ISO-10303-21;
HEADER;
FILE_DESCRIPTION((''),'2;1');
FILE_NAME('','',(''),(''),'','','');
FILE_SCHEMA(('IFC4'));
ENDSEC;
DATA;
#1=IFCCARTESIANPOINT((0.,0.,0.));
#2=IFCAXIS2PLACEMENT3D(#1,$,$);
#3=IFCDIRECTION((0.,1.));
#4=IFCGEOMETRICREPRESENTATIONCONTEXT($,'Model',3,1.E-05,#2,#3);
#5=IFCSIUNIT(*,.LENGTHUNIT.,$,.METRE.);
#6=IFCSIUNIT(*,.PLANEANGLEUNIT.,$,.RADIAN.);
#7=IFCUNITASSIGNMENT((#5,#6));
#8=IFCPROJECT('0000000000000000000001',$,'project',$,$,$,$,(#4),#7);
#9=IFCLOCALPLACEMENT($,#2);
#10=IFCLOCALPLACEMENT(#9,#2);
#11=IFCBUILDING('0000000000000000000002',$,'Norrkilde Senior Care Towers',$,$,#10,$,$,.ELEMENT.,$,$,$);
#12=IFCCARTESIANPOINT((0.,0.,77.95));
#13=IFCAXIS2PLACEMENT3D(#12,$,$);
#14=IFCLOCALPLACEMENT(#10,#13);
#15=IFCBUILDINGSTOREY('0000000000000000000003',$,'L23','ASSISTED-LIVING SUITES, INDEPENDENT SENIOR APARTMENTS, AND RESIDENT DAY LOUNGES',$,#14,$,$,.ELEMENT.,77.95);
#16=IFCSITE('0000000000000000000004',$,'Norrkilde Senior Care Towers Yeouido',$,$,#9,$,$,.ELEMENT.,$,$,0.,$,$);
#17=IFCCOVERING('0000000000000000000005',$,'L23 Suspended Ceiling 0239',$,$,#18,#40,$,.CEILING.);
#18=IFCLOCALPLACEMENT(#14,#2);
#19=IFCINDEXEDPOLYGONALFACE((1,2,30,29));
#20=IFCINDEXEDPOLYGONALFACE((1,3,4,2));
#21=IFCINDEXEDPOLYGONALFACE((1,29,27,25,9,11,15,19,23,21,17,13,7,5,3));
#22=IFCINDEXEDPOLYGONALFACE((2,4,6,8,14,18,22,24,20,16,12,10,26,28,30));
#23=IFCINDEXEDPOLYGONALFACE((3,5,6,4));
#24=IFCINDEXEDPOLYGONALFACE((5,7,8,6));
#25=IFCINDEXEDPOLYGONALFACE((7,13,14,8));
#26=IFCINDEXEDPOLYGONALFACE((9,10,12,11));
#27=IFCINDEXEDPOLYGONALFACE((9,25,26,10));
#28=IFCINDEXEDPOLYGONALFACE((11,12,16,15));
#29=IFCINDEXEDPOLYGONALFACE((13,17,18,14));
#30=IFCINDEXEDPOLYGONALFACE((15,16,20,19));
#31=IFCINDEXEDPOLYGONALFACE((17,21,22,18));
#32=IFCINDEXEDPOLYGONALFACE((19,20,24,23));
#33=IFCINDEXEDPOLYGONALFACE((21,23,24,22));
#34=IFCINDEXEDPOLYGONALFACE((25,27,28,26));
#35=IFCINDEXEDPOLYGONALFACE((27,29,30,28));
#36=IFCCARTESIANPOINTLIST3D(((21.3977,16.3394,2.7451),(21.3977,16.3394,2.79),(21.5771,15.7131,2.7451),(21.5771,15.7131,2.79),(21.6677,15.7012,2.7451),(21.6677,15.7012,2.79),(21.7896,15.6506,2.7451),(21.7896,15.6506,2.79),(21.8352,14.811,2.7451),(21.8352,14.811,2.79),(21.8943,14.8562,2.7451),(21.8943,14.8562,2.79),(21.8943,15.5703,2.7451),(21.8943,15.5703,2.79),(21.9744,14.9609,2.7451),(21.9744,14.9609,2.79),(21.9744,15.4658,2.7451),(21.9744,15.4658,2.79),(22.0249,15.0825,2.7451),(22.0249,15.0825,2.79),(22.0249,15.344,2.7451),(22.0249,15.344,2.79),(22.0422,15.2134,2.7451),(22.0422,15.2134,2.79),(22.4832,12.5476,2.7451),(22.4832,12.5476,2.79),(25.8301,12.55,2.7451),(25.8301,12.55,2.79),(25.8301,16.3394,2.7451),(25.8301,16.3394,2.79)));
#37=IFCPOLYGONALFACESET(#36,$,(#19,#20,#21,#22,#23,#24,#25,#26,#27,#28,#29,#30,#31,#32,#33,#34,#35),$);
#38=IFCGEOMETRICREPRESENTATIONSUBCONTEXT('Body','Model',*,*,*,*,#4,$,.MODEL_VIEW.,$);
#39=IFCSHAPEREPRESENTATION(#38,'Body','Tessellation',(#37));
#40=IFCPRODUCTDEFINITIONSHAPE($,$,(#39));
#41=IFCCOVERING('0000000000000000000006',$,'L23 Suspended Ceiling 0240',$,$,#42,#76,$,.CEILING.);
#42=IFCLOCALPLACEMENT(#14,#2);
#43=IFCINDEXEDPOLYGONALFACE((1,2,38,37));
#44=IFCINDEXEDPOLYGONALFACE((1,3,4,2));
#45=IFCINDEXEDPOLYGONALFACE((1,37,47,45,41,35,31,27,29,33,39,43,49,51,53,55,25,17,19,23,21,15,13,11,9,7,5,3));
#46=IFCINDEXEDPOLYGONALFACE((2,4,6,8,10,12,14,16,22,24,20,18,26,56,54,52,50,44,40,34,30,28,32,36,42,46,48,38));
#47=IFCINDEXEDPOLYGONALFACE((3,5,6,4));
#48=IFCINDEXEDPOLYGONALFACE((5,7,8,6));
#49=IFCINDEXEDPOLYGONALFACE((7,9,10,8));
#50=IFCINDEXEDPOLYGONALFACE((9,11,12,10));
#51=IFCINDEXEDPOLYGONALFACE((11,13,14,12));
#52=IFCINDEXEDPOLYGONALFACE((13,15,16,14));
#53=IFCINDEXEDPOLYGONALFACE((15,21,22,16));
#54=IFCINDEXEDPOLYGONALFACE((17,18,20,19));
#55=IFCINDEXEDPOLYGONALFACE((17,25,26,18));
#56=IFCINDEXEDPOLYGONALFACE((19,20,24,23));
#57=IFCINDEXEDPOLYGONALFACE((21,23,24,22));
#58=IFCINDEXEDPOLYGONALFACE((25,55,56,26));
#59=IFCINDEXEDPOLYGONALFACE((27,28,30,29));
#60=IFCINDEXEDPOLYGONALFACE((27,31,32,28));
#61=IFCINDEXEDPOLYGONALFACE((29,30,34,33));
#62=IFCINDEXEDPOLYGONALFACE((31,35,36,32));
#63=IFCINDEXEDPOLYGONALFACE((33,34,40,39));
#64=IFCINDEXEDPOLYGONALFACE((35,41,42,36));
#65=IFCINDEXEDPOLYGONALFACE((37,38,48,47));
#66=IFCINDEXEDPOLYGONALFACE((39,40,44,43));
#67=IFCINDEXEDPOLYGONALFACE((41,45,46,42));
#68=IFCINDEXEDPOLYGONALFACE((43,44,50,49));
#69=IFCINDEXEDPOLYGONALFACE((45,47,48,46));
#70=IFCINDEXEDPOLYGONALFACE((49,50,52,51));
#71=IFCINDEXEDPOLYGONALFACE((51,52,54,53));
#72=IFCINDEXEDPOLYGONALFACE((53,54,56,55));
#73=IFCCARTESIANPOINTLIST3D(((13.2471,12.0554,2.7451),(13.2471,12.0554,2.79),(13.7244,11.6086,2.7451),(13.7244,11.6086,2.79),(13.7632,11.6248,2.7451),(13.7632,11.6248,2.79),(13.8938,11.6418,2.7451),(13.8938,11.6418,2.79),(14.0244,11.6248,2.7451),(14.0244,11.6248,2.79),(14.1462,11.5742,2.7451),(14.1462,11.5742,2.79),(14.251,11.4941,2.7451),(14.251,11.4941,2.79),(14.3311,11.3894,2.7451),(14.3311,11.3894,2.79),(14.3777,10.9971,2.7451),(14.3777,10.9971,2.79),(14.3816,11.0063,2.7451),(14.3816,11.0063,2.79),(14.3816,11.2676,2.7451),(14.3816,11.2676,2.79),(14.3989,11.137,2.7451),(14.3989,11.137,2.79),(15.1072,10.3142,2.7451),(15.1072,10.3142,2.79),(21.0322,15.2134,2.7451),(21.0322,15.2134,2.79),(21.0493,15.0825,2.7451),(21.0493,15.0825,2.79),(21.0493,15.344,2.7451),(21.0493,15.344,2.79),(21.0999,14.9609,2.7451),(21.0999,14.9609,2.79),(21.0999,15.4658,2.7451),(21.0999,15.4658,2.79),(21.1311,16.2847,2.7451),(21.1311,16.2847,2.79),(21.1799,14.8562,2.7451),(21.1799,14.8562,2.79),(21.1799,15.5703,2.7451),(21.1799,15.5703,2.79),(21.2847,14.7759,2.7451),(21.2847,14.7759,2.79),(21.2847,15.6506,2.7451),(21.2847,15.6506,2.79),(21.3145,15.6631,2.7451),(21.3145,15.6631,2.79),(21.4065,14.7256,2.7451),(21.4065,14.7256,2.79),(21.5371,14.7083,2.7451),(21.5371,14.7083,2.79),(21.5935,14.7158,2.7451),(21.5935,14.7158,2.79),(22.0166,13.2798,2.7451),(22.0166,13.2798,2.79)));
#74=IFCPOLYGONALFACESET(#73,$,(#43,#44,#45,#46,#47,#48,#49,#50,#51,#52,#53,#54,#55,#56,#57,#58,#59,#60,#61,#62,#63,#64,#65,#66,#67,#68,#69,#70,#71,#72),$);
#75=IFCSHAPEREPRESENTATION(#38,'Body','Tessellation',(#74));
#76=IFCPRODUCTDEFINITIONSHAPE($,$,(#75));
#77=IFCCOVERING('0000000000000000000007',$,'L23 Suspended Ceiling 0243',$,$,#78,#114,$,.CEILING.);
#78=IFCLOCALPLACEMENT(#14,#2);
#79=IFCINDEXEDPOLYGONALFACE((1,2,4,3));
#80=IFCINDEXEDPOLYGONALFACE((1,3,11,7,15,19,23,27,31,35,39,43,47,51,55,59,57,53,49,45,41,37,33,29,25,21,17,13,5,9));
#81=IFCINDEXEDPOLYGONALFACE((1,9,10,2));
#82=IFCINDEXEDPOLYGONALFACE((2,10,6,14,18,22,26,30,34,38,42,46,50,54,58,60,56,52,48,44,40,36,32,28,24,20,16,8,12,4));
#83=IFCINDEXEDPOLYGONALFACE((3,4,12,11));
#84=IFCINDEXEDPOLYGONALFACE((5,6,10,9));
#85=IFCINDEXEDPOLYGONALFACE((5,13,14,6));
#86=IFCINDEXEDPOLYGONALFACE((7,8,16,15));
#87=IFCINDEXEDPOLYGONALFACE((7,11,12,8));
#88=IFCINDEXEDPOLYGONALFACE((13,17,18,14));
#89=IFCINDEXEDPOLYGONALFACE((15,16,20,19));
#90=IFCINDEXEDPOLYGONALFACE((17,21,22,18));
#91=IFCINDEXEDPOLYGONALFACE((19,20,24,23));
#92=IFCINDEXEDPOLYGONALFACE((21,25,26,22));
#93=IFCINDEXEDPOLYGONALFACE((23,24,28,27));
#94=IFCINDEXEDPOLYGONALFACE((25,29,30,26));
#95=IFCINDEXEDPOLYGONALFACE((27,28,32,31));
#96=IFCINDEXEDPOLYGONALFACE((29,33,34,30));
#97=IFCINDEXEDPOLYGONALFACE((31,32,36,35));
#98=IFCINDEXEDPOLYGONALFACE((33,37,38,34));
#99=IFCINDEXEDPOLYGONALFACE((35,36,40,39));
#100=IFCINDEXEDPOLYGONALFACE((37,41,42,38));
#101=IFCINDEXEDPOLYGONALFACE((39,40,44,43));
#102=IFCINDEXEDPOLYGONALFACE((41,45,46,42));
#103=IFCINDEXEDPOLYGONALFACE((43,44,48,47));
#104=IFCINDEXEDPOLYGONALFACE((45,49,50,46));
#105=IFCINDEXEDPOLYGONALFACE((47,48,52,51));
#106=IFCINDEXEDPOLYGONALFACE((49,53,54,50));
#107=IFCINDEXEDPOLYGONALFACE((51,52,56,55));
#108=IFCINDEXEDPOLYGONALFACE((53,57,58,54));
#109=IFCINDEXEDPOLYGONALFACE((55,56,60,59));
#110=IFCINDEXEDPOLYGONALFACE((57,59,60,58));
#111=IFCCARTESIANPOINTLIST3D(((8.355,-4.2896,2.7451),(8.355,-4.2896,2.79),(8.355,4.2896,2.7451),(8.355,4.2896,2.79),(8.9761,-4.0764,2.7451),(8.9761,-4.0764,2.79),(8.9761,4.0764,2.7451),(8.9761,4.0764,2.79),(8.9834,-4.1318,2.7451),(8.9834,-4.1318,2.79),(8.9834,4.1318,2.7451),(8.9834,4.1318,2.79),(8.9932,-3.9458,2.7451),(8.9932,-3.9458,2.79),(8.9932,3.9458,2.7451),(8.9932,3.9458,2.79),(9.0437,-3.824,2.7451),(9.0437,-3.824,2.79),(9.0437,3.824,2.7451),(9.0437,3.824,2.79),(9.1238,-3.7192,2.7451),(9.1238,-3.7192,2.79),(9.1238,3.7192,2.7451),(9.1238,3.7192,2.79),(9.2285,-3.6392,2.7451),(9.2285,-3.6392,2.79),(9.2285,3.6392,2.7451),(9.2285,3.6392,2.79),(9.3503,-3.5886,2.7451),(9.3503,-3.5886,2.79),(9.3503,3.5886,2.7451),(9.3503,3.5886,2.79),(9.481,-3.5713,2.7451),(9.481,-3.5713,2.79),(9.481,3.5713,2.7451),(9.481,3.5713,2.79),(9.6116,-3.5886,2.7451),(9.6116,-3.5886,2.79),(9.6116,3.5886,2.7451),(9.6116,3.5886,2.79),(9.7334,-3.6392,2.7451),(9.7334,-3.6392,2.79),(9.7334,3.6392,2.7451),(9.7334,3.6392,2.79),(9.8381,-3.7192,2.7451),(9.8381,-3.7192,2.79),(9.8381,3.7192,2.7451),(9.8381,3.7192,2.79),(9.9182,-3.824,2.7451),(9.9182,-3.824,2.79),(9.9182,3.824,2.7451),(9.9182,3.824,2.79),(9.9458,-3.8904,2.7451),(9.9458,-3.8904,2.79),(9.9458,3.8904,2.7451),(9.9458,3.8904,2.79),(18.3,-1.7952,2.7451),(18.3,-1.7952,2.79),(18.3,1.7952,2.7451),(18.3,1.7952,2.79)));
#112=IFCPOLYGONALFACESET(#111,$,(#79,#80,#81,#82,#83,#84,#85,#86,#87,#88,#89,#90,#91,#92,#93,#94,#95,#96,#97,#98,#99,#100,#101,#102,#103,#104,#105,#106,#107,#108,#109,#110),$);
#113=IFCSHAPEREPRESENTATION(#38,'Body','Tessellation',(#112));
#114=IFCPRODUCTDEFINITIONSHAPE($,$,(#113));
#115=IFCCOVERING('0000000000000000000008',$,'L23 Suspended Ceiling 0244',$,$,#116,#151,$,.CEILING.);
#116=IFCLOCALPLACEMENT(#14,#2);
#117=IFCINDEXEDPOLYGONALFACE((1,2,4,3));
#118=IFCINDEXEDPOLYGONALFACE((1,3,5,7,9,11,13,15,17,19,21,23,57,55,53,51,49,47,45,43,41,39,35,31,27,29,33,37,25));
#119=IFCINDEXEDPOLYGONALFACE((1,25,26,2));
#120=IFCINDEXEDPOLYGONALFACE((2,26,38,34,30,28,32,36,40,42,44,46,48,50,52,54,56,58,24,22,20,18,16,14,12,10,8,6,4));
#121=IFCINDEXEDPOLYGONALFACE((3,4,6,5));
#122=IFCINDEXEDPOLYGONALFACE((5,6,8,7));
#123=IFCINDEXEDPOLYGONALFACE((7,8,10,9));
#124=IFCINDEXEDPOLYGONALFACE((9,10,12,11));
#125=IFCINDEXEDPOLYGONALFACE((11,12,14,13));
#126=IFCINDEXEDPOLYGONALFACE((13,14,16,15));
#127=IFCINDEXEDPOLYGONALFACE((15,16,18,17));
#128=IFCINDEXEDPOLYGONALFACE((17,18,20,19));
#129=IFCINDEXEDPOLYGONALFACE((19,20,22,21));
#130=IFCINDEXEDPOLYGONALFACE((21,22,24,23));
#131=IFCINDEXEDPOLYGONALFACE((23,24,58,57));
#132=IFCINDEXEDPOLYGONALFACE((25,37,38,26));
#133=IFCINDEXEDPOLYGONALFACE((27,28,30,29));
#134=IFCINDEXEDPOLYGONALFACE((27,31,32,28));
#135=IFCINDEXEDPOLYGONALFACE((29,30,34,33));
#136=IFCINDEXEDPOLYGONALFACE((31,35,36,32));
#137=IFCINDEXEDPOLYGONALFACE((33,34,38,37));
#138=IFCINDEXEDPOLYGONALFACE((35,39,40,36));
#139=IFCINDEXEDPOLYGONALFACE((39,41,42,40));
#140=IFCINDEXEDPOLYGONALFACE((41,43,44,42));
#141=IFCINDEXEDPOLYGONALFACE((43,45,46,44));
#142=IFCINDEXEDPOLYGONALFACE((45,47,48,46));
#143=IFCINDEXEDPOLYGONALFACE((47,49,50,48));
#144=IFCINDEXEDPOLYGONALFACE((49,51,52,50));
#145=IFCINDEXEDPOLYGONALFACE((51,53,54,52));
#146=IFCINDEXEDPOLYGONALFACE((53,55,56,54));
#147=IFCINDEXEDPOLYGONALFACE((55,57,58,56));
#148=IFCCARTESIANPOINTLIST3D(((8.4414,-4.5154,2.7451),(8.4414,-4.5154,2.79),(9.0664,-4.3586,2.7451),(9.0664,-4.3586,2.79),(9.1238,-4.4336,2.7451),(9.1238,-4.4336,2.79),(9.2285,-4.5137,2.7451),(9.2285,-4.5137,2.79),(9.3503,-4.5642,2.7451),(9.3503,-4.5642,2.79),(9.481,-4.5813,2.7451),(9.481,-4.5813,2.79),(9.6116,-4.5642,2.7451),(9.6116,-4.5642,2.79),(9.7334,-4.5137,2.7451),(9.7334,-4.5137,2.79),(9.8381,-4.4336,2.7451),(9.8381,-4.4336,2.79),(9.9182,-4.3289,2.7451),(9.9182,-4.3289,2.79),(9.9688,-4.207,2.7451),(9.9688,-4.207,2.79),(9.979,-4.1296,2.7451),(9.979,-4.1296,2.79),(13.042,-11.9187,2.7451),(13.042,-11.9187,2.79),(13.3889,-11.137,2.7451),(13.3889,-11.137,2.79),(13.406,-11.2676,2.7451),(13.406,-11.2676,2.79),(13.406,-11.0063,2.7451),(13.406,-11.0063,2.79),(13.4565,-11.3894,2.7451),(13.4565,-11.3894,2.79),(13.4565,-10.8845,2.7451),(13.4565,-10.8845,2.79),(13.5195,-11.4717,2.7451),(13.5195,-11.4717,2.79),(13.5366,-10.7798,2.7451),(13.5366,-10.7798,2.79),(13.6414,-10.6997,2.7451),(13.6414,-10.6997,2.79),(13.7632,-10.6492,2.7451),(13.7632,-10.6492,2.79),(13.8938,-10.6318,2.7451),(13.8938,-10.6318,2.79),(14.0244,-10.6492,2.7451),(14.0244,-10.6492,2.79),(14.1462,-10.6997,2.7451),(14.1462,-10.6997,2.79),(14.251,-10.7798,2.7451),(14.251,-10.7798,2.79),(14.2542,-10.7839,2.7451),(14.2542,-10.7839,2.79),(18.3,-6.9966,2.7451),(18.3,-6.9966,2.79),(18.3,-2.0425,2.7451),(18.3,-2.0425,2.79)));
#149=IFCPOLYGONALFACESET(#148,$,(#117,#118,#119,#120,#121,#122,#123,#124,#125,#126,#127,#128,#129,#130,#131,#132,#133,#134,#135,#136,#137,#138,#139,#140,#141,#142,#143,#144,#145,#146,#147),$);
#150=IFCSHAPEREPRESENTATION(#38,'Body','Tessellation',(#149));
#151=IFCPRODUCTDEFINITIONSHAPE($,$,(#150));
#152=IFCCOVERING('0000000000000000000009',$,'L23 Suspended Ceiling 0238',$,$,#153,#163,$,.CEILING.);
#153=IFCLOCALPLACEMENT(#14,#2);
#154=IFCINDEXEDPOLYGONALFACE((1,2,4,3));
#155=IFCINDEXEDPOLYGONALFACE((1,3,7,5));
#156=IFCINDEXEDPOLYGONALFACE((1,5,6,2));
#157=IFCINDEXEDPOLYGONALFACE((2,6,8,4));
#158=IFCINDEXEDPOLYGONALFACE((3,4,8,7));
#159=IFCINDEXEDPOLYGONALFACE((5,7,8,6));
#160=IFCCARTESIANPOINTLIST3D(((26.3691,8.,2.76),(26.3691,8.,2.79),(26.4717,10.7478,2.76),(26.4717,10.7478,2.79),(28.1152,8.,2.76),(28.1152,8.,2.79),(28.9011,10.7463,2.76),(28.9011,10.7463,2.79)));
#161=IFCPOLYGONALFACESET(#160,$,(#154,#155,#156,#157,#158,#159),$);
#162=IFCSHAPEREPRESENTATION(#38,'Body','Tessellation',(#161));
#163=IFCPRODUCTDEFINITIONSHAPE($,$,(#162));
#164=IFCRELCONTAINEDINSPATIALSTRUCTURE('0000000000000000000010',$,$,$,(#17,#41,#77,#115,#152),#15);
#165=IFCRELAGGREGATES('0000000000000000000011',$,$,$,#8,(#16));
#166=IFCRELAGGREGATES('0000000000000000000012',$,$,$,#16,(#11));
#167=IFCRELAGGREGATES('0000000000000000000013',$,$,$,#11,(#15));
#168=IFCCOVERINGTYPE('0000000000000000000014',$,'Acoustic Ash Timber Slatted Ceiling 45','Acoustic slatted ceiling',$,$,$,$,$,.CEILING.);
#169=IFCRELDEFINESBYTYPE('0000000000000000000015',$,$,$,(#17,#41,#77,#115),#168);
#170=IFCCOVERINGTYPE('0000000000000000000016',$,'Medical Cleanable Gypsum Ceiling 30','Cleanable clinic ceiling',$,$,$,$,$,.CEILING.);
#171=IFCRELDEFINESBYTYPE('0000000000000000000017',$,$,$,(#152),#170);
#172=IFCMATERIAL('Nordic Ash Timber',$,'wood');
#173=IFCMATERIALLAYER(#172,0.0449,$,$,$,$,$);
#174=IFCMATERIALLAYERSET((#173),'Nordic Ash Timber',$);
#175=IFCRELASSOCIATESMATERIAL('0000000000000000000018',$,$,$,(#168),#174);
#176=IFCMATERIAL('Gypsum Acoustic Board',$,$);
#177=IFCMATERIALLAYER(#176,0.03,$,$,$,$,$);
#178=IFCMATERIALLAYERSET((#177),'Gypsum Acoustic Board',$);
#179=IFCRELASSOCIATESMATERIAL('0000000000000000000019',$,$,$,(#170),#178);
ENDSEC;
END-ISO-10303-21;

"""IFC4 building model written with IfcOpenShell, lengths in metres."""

from ifc_helpers import new_model, si_unit, direction, frame, origin, place, context, subcontext, project, spatial, polyline, outline, extrude, material, layer, layer_set, type_object, element, save


model = new_model("IFC4")

# Units and contexts
model_context = context("Model", 3, precision=1e-05, world=origin(), true_north=direction((0.0, 1.0)))
body_context = subcontext(model_context, "Body", "Model", "MODEL_VIEW")
ifc_project = project(units=[si_unit("LENGTHUNIT", "METRE"), si_unit("PLANEANGLEUNIT", "RADIAN")], contexts=[model_context])

# Site, building, storey
site_placement = place(None, origin())
site = spatial("IfcSite", under=ifc_project, at=site_placement, Name="Norrkilde Senior Care Towers Yeouido", CompositionType="ELEMENT", RefElevation=0.0)
building_placement = place(site_placement, origin())
building = spatial("IfcBuilding", under=site, at=building_placement, Name="Norrkilde Senior Care Towers", CompositionType="ELEMENT")
storey_placement = place(building_placement, frame((0.0, 0.0, 77.95)))
storey = spatial("IfcBuildingStorey", under=building, at=storey_placement, Name="L23", Description="ASSISTED-LIVING SUITES, INDEPENDENT SENIOR APARTMENTS, AND RESIDENT DAY LOUNGES", CompositionType="ELEMENT", Elevation=77.95)

# Coverings
ifc_material_1 = material(Name="Nordic Ash Timber", Category="wood")
ifc_layer_1 = layer(ifc_material_1, 0.0449)
ifc_layer_set_1 = layer_set([ifc_layer_1], Name="Nordic Ash Timber")
covering_type_1 = type_object("IfcCoveringType", Name="Acoustic Ash Timber Slatted Ceiling 45", Description="Acoustic slatted ceiling", PredefinedType="CEILING", material=ifc_layer_set_1)
covering_1_placement = place(storey_placement, frame((0.0, 0.0, 2.7451)))
element("IfcCovering", 1, at=covering_1_placement, inside=storey, type_object=covering_type_1, Name="L23 Suspended Ceiling 0239", PredefinedType="CEILING", context=body_context, shape_type="SweptSolid", body=[
    extrude(outline(polyline([(21.8352, 14.811), (21.8943, 14.8562), (21.9744, 14.9609), (22.0249, 15.0825), (22.0422, 15.2134), (22.0249, 15.344), (21.9744, 15.4658), (21.8943, 15.5703), (21.7896, 15.6506), (21.6677, 15.7012), (21.5771, 15.7131), (21.3977, 16.3394), (25.8301, 16.3394), (25.8301, 12.55), (22.4832, 12.5476), (21.8352, 14.811)])), origin(), (0.0, 0.0, 1.0), 0.0449),
])
covering_2_placement = place(storey_placement, frame((0.0, 0.0, 2.7451)))
element("IfcCovering", 2, at=covering_2_placement, inside=storey, type_object=covering_type_1, Name="L23 Suspended Ceiling 0240", PredefinedType="CEILING", context=body_context, shape_type="SweptSolid", body=[
    extrude(outline(polyline([(14.3777, 10.9971), (14.3816, 11.0063), (14.3989, 11.137), (14.3816, 11.2676), (14.3311, 11.3894), (14.251, 11.4941), (14.1462, 11.5742), (14.0244, 11.6248), (13.8938, 11.6418), (13.7632, 11.6248), (13.7244, 11.6086), (13.2471, 12.0554), (21.1311, 16.2847), (21.3145, 15.6631), (21.2847, 15.6506), (21.1799, 15.5703), (21.0999, 15.4658), (21.0493, 15.344), (21.0322, 15.2134), (21.0493, 15.0825), (21.0999, 14.9609), (21.1799, 14.8562), (21.2847, 14.7759), (21.4065, 14.7256), (21.5371, 14.7083), (21.5935, 14.7158), (22.0166, 13.2798), (15.1072, 10.3142), (14.3777, 10.9971)])), origin(), (0.0, 0.0, 1.0), 0.0449),
])
covering_3_placement = place(storey_placement, frame((0.0, 0.0, 2.7451)))
element("IfcCovering", 3, at=covering_3_placement, inside=storey, type_object=covering_type_1, Name="L23 Suspended Ceiling 0243", PredefinedType="CEILING", context=body_context, shape_type="SweptSolid", body=[
    extrude(outline(polyline([(8.9761, 4.0764), (8.9932, 3.9458), (9.0437, 3.824), (9.1238, 3.7192), (9.2285, 3.6392), (9.3503, 3.5886), (9.481, 3.5713), (9.6116, 3.5886), (9.7334, 3.6392), (9.8381, 3.7192), (9.9182, 3.824), (9.9458, 3.8904), (18.3, 1.7952), (18.3, -1.7952), (9.9458, -3.8904), (9.9182, -3.824), (9.8381, -3.7192), (9.7334, -3.6392), (9.6116, -3.5886), (9.481, -3.5713), (9.3503, -3.5886), (9.2285, -3.6392), (9.1238, -3.7192), (9.0437, -3.824), (8.9932, -3.9458), (8.9761, -4.0764), (8.9834, -4.1318), (8.355, -4.2896), (8.355, 4.2896), (8.9834, 4.1318), (8.9761, 4.0764)])), origin(), (0.0, 0.0, 1.0), 0.0449),
])
covering_4_placement = place(storey_placement, frame((0.0, 0.0, 2.7451)))
element("IfcCovering", 4, at=covering_4_placement, inside=storey, type_object=covering_type_1, Name="L23 Suspended Ceiling 0244", PredefinedType="CEILING", context=body_context, shape_type="SweptSolid", body=[
    extrude(outline(polyline([(9.1238, -4.4336), (9.2285, -4.5137), (9.3503, -4.5642), (9.481, -4.5813), (9.6116, -4.5642), (9.7334, -4.5137), (9.8381, -4.4336), (9.9182, -4.3289), (9.9688, -4.207), (9.979, -4.1296), (18.3, -2.0425), (18.3, -6.9966), (14.2542, -10.7839), (14.251, -10.7798), (14.1462, -10.6997), (14.0244, -10.6492), (13.8938, -10.6318), (13.7632, -10.6492), (13.6414, -10.6997), (13.5366, -10.7798), (13.4565, -10.8845), (13.406, -11.0063), (13.3889, -11.137), (13.406, -11.2676), (13.4565, -11.3894), (13.5195, -11.4717), (13.042, -11.9187), (8.4414, -4.5154), (9.0664, -4.3586), (9.1238, -4.4336)])), origin(), (0.0, 0.0, 1.0), 0.0449),
])
ifc_material_2 = material(Name="Gypsum Acoustic Board")
ifc_layer_2 = layer(ifc_material_2, 0.03)
ifc_layer_set_2 = layer_set([ifc_layer_2], Name="Gypsum Acoustic Board")
covering_type_2 = type_object("IfcCoveringType", Name="Medical Cleanable Gypsum Ceiling 30", Description="Cleanable clinic ceiling", PredefinedType="CEILING", material=ifc_layer_set_2)
covering_5_placement = place(storey_placement, frame((0.0, 0.0, 2.76)))
element("IfcCovering", 5, at=covering_5_placement, inside=storey, type_object=covering_type_2, Name="L23 Suspended Ceiling 0238", PredefinedType="CEILING", context=body_context, shape_type="SweptSolid", body=[
    extrude(outline(polyline([(28.9011, 10.7463), (28.1152, 8.0), (26.3691, 8.0), (26.4717, 10.7478), (28.9011, 10.7463)])), origin(), (0.0, 0.0, 1.0), 0.03),
])

save(model, "model.ifc")
